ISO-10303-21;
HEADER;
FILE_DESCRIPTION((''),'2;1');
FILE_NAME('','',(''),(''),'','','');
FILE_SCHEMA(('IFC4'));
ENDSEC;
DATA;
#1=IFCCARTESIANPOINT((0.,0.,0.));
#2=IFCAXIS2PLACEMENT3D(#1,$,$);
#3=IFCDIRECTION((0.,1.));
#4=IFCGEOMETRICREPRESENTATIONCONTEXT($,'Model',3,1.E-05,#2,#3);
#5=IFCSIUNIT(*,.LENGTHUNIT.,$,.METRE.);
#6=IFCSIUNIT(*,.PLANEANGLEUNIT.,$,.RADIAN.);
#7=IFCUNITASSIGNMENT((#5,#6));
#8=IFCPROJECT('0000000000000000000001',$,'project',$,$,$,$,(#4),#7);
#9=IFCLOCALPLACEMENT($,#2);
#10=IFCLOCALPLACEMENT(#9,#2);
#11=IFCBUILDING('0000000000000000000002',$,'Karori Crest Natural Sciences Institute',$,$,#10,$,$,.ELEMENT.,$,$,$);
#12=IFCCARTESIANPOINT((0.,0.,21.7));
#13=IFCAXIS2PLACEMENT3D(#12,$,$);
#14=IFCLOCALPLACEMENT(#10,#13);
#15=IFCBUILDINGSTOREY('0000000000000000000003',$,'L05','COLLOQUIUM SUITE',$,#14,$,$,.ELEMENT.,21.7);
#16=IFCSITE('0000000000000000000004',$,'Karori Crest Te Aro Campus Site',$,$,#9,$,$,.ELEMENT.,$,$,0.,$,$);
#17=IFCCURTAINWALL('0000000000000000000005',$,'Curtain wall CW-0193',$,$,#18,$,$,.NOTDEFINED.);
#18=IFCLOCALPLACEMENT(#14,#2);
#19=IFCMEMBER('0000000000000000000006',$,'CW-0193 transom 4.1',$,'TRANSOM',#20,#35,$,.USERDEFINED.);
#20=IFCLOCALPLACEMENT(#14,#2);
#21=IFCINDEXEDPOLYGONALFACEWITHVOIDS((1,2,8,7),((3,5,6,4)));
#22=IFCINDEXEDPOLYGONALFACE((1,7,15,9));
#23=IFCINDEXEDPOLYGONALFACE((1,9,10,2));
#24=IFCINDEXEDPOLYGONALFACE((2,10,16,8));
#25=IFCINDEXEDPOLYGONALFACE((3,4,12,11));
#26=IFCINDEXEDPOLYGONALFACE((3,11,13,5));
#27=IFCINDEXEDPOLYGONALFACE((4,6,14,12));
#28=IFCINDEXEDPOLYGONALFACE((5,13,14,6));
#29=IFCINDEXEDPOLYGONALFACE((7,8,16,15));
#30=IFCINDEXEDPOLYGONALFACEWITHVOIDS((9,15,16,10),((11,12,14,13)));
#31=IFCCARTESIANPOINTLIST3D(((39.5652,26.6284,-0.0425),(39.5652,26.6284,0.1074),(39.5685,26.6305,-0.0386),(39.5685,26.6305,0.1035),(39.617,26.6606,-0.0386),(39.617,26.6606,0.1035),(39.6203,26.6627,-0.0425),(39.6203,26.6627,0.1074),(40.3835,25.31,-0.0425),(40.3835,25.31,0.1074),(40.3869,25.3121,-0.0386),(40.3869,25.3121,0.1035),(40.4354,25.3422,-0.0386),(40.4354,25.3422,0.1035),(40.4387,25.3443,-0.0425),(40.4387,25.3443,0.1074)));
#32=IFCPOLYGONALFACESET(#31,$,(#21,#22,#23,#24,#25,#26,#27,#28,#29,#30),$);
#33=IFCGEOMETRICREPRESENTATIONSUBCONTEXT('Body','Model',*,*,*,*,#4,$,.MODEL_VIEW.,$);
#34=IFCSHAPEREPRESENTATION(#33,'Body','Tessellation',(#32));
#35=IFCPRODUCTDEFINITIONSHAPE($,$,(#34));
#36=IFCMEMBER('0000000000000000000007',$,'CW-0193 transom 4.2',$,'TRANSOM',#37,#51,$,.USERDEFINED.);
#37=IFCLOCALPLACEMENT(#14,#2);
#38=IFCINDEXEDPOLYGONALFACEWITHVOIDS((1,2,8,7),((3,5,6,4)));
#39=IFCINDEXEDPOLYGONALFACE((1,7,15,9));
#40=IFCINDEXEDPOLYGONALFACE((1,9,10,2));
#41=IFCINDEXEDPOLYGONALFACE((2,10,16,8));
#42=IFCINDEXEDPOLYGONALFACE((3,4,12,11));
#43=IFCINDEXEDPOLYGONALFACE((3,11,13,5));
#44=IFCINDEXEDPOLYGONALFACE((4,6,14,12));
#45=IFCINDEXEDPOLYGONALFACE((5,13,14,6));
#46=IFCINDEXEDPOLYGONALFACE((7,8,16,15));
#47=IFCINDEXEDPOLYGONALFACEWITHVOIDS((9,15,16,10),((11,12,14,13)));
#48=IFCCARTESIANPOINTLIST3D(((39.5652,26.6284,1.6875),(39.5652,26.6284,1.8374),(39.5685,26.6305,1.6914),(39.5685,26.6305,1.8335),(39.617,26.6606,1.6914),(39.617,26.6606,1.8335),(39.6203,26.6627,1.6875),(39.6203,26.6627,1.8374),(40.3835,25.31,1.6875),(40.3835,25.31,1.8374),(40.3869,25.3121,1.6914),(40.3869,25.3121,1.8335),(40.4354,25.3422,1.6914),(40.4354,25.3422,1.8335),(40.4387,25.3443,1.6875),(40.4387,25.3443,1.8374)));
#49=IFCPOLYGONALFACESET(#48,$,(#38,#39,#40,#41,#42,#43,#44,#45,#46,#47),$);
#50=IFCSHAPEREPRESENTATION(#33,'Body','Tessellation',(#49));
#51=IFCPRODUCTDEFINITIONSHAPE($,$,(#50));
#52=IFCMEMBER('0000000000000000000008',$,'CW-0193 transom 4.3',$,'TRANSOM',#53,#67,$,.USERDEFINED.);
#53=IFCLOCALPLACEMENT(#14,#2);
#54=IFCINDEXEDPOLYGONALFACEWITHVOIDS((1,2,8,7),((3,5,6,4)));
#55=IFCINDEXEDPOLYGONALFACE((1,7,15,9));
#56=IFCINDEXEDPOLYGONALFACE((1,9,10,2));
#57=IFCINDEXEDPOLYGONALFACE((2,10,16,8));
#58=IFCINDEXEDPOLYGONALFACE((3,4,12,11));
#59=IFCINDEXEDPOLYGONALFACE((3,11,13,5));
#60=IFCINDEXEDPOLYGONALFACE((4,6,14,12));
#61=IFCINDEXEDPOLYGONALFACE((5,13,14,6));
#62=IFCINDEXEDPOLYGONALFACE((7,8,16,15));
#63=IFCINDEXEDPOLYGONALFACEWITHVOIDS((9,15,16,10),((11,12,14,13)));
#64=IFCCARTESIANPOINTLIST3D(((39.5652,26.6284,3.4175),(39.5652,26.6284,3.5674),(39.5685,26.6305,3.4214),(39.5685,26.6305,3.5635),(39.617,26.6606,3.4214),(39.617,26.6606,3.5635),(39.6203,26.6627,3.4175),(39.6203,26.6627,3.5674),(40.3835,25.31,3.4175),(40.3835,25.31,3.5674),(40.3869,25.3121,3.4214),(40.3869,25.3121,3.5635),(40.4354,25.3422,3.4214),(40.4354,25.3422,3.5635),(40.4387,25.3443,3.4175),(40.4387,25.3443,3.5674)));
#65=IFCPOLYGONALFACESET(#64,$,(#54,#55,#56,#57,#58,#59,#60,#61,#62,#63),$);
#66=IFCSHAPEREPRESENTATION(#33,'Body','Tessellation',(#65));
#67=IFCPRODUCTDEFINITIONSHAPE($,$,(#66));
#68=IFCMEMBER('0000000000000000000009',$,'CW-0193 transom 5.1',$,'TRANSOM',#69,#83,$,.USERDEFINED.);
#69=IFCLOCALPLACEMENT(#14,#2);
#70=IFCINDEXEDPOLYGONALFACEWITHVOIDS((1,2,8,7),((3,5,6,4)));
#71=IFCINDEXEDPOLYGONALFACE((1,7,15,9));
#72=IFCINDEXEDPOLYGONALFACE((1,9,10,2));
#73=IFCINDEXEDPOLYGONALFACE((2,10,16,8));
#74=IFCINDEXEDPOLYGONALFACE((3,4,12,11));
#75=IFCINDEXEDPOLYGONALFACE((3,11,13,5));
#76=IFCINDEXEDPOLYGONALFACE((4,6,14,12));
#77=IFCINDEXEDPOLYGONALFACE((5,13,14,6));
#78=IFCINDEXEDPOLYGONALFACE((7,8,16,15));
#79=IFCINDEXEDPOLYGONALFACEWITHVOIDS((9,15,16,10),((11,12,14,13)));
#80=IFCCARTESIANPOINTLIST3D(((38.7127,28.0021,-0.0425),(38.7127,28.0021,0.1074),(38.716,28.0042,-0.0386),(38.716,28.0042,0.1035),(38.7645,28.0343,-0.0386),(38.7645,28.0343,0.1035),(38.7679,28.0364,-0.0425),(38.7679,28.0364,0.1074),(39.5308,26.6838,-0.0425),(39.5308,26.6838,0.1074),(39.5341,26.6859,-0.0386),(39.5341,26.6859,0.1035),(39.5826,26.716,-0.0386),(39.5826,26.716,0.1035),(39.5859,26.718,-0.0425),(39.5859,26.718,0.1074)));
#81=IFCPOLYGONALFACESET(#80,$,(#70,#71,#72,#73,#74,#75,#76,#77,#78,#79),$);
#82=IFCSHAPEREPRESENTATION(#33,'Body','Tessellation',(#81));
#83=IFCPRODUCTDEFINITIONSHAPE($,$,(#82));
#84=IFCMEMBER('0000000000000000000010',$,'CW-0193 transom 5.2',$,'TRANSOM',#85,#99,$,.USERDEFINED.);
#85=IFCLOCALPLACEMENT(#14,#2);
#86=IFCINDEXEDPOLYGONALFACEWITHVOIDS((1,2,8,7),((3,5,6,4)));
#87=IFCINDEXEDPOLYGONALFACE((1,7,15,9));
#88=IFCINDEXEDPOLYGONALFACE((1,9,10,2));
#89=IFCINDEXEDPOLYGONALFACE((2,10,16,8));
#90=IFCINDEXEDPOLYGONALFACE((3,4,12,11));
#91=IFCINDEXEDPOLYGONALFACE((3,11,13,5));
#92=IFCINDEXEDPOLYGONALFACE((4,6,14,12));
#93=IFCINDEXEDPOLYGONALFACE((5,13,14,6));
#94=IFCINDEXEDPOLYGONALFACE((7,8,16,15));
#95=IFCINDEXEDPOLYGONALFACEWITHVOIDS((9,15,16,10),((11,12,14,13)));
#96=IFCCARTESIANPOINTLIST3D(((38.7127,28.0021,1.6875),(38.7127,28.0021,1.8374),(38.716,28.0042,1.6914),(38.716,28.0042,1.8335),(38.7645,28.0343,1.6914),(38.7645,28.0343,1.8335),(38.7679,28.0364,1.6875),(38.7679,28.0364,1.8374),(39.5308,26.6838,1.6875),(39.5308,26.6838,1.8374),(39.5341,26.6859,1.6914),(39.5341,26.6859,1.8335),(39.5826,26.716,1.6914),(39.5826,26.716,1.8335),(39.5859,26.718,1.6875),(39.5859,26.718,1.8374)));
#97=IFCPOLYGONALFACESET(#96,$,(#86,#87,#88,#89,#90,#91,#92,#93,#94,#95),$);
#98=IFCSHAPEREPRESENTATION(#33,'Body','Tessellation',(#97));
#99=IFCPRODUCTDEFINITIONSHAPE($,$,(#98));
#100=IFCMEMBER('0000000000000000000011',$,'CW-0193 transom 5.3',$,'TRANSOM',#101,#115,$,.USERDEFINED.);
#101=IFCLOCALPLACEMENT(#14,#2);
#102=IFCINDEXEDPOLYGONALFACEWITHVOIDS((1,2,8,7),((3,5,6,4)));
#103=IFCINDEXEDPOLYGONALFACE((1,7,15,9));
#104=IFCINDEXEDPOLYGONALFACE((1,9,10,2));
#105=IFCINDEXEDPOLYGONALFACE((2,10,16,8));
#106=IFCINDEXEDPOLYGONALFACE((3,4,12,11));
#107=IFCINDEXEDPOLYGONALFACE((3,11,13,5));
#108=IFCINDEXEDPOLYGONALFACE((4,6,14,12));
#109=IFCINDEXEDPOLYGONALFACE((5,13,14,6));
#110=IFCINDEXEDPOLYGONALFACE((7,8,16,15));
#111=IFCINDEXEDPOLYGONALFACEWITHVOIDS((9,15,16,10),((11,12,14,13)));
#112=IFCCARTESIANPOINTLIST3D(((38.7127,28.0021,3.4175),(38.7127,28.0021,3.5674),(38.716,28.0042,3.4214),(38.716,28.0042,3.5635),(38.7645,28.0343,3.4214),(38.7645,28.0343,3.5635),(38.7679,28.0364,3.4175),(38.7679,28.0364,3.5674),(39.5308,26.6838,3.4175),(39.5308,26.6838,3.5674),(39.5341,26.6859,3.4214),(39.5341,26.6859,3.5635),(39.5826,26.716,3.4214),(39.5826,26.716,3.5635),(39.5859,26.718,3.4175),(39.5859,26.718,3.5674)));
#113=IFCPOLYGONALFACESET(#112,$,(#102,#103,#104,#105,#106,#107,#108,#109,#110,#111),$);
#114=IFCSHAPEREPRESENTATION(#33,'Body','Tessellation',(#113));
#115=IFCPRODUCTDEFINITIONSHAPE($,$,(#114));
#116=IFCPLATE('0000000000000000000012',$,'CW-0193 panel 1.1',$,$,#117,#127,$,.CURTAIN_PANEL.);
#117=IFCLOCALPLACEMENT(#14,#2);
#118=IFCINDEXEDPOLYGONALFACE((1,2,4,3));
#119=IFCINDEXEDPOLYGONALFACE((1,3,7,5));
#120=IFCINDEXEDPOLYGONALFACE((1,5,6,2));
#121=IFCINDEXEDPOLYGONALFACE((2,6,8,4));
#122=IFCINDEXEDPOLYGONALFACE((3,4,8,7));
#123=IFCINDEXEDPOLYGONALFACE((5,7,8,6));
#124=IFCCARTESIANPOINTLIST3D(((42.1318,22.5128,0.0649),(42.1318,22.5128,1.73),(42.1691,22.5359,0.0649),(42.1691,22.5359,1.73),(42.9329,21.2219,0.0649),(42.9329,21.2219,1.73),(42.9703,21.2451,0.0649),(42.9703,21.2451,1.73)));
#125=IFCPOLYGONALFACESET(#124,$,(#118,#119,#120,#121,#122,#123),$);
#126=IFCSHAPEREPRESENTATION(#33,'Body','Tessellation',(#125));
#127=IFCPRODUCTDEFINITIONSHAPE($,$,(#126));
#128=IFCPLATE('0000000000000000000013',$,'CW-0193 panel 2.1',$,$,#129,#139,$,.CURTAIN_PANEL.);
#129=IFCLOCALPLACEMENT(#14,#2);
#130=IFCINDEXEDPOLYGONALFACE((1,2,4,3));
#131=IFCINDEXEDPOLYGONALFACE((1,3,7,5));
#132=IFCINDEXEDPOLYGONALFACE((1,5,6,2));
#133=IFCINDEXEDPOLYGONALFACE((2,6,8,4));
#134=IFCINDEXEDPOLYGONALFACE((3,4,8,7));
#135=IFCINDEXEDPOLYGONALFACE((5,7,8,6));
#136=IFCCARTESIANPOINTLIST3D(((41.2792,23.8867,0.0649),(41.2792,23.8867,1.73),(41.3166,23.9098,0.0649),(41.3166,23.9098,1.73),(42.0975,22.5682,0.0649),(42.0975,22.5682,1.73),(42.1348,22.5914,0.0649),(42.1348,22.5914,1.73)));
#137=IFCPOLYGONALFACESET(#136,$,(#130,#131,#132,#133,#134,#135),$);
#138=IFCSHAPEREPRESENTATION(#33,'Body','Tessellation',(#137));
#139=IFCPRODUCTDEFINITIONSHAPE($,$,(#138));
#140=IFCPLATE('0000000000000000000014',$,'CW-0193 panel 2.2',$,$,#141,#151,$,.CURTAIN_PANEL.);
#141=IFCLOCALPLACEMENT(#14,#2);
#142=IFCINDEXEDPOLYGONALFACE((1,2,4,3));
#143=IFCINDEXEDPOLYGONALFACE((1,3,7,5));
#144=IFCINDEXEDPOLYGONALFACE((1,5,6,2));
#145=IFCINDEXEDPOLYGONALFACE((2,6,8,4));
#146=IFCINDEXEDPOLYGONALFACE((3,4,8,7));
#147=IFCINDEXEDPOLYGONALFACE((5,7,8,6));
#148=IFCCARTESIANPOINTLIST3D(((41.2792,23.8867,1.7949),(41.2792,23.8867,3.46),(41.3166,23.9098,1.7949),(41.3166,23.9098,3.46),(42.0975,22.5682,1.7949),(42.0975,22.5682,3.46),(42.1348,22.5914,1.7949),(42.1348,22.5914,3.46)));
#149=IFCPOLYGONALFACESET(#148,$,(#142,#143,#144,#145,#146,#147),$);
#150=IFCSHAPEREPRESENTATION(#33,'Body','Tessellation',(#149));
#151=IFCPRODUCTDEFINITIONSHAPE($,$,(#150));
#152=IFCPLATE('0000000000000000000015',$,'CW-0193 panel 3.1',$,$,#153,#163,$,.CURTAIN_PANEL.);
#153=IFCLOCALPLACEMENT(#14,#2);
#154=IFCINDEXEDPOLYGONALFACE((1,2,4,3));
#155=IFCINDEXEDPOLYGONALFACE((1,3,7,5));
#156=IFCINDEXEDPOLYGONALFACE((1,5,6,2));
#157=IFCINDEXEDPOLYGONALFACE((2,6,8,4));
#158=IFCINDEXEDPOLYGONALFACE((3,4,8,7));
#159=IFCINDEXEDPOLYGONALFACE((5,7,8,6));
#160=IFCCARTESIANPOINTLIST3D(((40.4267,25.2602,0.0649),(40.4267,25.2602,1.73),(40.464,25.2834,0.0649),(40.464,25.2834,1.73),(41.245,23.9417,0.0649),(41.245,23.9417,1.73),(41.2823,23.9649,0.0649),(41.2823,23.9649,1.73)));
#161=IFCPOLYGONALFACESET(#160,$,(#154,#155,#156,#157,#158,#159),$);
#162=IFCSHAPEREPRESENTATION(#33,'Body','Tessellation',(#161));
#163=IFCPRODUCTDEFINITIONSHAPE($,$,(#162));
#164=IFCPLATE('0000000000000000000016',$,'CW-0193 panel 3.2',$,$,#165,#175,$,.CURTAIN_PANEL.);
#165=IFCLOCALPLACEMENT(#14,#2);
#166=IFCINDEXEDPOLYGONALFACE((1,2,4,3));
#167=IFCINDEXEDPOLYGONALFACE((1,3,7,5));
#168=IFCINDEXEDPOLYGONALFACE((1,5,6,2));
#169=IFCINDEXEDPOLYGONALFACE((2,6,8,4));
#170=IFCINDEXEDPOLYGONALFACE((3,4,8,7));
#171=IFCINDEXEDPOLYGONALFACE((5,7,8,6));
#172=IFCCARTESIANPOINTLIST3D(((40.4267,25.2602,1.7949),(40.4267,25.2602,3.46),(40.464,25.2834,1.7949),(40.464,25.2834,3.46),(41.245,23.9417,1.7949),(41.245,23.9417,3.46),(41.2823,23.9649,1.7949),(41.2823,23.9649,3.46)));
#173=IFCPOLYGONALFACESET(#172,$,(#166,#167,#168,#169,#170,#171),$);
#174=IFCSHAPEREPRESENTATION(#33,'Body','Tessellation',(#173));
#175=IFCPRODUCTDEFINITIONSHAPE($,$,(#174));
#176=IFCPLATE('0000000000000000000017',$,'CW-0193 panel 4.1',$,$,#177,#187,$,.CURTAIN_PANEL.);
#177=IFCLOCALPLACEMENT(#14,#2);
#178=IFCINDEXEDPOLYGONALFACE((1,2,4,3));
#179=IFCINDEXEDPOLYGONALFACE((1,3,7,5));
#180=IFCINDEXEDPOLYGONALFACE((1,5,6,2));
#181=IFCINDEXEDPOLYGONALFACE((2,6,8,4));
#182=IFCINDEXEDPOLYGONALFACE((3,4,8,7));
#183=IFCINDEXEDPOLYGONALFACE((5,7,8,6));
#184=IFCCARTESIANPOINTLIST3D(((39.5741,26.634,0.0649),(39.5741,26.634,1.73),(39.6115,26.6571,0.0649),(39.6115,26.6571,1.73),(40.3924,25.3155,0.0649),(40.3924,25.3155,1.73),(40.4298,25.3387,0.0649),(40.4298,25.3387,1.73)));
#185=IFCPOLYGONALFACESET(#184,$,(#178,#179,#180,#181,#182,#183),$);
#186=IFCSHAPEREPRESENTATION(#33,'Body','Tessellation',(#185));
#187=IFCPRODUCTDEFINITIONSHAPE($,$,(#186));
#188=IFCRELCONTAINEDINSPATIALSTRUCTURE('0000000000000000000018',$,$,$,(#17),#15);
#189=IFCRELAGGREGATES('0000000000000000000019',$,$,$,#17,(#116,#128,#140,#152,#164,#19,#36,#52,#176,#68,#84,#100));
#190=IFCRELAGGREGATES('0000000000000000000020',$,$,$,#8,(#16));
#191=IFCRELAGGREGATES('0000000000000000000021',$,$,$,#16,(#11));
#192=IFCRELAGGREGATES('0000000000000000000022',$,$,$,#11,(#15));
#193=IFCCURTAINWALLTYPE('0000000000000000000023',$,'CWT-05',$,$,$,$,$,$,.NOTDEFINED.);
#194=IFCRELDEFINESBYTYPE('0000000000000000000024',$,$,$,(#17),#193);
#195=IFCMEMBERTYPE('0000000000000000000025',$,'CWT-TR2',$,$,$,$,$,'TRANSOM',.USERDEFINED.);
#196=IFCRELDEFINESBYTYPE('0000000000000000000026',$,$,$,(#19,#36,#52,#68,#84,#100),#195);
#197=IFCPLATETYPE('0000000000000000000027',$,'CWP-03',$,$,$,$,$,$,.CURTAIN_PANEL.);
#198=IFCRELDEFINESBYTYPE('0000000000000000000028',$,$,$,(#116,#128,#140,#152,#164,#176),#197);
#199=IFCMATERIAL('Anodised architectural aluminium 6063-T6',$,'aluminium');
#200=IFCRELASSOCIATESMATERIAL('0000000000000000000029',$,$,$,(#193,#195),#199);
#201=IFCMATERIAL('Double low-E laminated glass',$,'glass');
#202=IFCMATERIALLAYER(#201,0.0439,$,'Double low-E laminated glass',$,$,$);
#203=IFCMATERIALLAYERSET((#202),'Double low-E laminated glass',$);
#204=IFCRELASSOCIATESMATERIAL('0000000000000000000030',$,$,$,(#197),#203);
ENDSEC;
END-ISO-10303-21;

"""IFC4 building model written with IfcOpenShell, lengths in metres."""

from ifc_helpers import new_model, si_unit, direction, frame, origin, origin_2d, place, context, subcontext, project, spatial, rectangle, hollow_rectangle, extrude, material, layer, layer_set, material_profile, profile_set, type_object, element, aggregate, save


model = new_model("IFC4")

# Units and contexts
model_context = context("Model", 3, precision=1e-05, world=origin(), true_north=direction((0.0, 1.0)))
body_context = subcontext(model_context, "Body", "Model", "MODEL_VIEW")
ifc_project = project(units=[si_unit("LENGTHUNIT", "METRE"), si_unit("PLANEANGLEUNIT", "RADIAN")], contexts=[model_context])

# Site, building, storey
site_placement = place(None, origin())
site = spatial("IfcSite", under=ifc_project, at=site_placement, Name="Karori Crest Te Aro Campus Site", CompositionType="ELEMENT", RefElevation=0.0)
building_placement = place(site_placement, origin())
building = spatial("IfcBuilding", under=site, at=building_placement, Name="Karori Crest Natural Sciences Institute", CompositionType="ELEMENT")
storey_placement = place(building_placement, frame((0.0, 0.0, 21.7)))
storey = spatial("IfcBuildingStorey", under=building, at=storey_placement, Name="L05", Description="COLLOQUIUM SUITE", CompositionType="ELEMENT", Elevation=21.7)

# Curtain wall, members, plates
ifc_material_1 = material(Name="Anodised architectural aluminium 6063-T6", Category="aluminium")
curtain_wall_type = type_object("IfcCurtainWallType", Name="CWT-05", PredefinedType="NOTDEFINED", material=ifc_material_1)
curtain_wall_placement = place(storey_placement, origin())
curtain_wall = element("IfcCurtainWall", 1, at=curtain_wall_placement, inside=storey, type_object=curtain_wall_type, Name="Curtain wall CW-0193", PredefinedType="NOTDEFINED")
ifc_material_profile_1 = material_profile(ifc_material_1, hollow_rectangle(XDim=0.0649, YDim=0.1499, WallThickness=0.0039, at=origin_2d()), Name="CWT150x65x4")
ifc_profile_set_1 = profile_set([ifc_material_profile_1], Name="Anodised architectural aluminium 6063-T6")
member_type_1 = type_object("IfcMemberType", Name="CWT-TR2", ElementType="TRANSOM", PredefinedType="USERDEFINED", material=ifc_profile_set_1)
member_1_placement = place(storey_placement, frame((40.4111, 25.3271, 0.0325), z_axis=(-0.527394, 0.849621, 0.0), x_axis=(-0.849621, -0.527394, 0.0)))
member_1 = element("IfcMember", 2, at=member_1_placement, type_object=member_type_1, Name="CW-0193 transom 4.1", ObjectType="TRANSOM", PredefinedType="USERDEFINED", context=body_context, shape_type="SweptSolid", body=[
    extrude(hollow_rectangle(XDim=0.0649, YDim=0.1499, WallThickness=0.0039, at=origin_2d()), origin(), (0.0, 0.0, 1.0), 1.5518),
])
member_2_placement = place(storey_placement, frame((40.4111, 25.3271, 1.7625), z_axis=(-0.527394, 0.849621, 0.0), x_axis=(-0.849621, -0.527394, 0.0)))
member_2 = element("IfcMember", 3, at=member_2_placement, type_object=member_type_1, Name="CW-0193 transom 4.2", ObjectType="TRANSOM", PredefinedType="USERDEFINED", context=body_context, shape_type="SweptSolid", body=[
    extrude(hollow_rectangle(XDim=0.0649, YDim=0.1499, WallThickness=0.0039, at=origin_2d()), origin(), (0.0, 0.0, 1.0), 1.5518),
])
member_3_placement = place(storey_placement, frame((40.4111, 25.3271, 3.4924), z_axis=(-0.527394, 0.849621, 0.0), x_axis=(-0.849621, -0.527394, 0.0)))
member_3 = element("IfcMember", 4, at=member_3_placement, type_object=member_type_1, Name="CW-0193 transom 4.3", ObjectType="TRANSOM", PredefinedType="USERDEFINED", context=body_context, shape_type="SweptSolid", body=[
    extrude(hollow_rectangle(XDim=0.0649, YDim=0.1499, WallThickness=0.0039, at=origin_2d()), origin(), (0.0, 0.0, 1.0), 1.5518),
])
member_4_placement = place(storey_placement, frame((39.5583, 26.7009, 0.0325), z_axis=(-0.527281, 0.849691, 0.0), x_axis=(-0.849691, -0.527281, 0.0)))
member_4 = element("IfcMember", 5, at=member_4_placement, type_object=member_type_1, Name="CW-0193 transom 5.1", ObjectType="TRANSOM", PredefinedType="USERDEFINED", context=body_context, shape_type="SweptSolid", body=[
    extrude(hollow_rectangle(XDim=0.0649, YDim=0.1499, WallThickness=0.0039, at=origin_2d()), origin(), (0.0, 0.0, 1.0), 1.5515),
])
member_5_placement = place(storey_placement, frame((39.5583, 26.7009, 1.7625), z_axis=(-0.527281, 0.849691, 0.0), x_axis=(-0.849691, -0.527281, 0.0)))
member_5 = element("IfcMember", 6, at=member_5_placement, type_object=member_type_1, Name="CW-0193 transom 5.2", ObjectType="TRANSOM", PredefinedType="USERDEFINED", context=body_context, shape_type="SweptSolid", body=[
    extrude(hollow_rectangle(XDim=0.0649, YDim=0.1499, WallThickness=0.0039, at=origin_2d()), origin(), (0.0, 0.0, 1.0), 1.5515),
])
member_6_placement = place(storey_placement, frame((39.5583, 26.7009, 3.4924), z_axis=(-0.527281, 0.849691, 0.0), x_axis=(-0.849691, -0.527281, 0.0)))
member_6 = element("IfcMember", 7, at=member_6_placement, type_object=member_type_1, Name="CW-0193 transom 5.3", ObjectType="TRANSOM", PredefinedType="USERDEFINED", context=body_context, shape_type="SweptSolid", body=[
    extrude(hollow_rectangle(XDim=0.0649, YDim=0.1499, WallThickness=0.0039, at=origin_2d()), origin(), (0.0, 0.0, 1.0), 1.5515),
])
ifc_material_2 = material(Name="Double low-E laminated glass", Category="glass")
ifc_layer_1 = layer(ifc_material_2, 0.0439, Name="Double low-E laminated glass")
ifc_layer_set_1 = layer_set([ifc_layer_1], Name="Double low-E laminated glass")
plate_type = type_object("IfcPlateType", Name="CWP-03", PredefinedType="CURTAIN_PANEL", material=ifc_layer_set_1)
plate_1_placement = place(storey_placement, frame((42.551, 21.8789, 0.0649), z_axis=(0.0, 0.0, 1.0), x_axis=(-0.527328, 0.849662, 0.0)))
plate_1 = element("IfcPlate", 8, at=plate_1_placement, type_object=plate_type, Name="CW-0193 panel 1.1", PredefinedType="CURTAIN_PANEL", context=body_context, shape_type="SweptSolid", body=[
    extrude(rectangle(XDim=1.5193, YDim=0.0439, at=origin_2d()), origin(), (0.0, 0.0, 1.0), 1.665),
])
plate_2_placement = place(storey_placement, frame((41.707, 23.239, 0.0649), z_axis=(0.0, 0.0, 1.0), x_axis=(-0.527328, 0.849662, 0.0)))
plate_2 = element("IfcPlate", 9, at=plate_2_placement, type_object=plate_type, Name="CW-0193 panel 2.1", PredefinedType="CURTAIN_PANEL", context=body_context, shape_type="SweptSolid", body=[
    extrude(rectangle(XDim=1.5518, YDim=0.0439, at=origin_2d()), origin(), (0.0, 0.0, 1.0), 1.665),
])
plate_3_placement = place(storey_placement, frame((41.707, 23.239, 1.7949), z_axis=(0.0, 0.0, 1.0), x_axis=(-0.527328, 0.849662, 0.0)))
plate_3 = element("IfcPlate", 10, at=plate_3_placement, type_object=plate_type, Name="CW-0193 panel 2.2", PredefinedType="CURTAIN_PANEL", context=body_context, shape_type="SweptSolid", body=[
    extrude(rectangle(XDim=1.5518, YDim=0.0439, at=origin_2d()), origin(), (0.0, 0.0, 1.0), 1.665),
])
plate_4_placement = place(storey_placement, frame((40.8545, 24.6125, 0.0649), z_axis=(0.0, 0.0, 1.0), x_axis=(-0.527328, 0.849662, 0.0)))
plate_4 = element("IfcPlate", 11, at=plate_4_placement, type_object=plate_type, Name="CW-0193 panel 3.1", PredefinedType="CURTAIN_PANEL", context=body_context, shape_type="SweptSolid", body=[
    extrude(rectangle(XDim=1.5518, YDim=0.0439, at=origin_2d()), origin(), (0.0, 0.0, 1.0), 1.665),
])
plate_5_placement = place(storey_placement, frame((40.8545, 24.6125, 1.7949), z_axis=(0.0, 0.0, 1.0), x_axis=(-0.527328, 0.849662, 0.0)))
plate_5 = element("IfcPlate", 12, at=plate_5_placement, type_object=plate_type, Name="CW-0193 panel 3.2", PredefinedType="CURTAIN_PANEL", context=body_context, shape_type="SweptSolid", body=[
    extrude(rectangle(XDim=1.5518, YDim=0.0439, at=origin_2d()), origin(), (0.0, 0.0, 1.0), 1.665),
])
plate_6_placement = place(storey_placement, frame((40.002, 25.9863, 0.0649), z_axis=(0.0, 0.0, 1.0), x_axis=(-0.527328, 0.849662, 0.0)))
plate_6 = element("IfcPlate", 13, at=plate_6_placement, type_object=plate_type, Name="CW-0193 panel 4.1", PredefinedType="CURTAIN_PANEL", context=body_context, shape_type="SweptSolid", body=[
    extrude(rectangle(XDim=1.5518, YDim=0.0439, at=origin_2d()), origin(), (0.0, 0.0, 1.0), 1.665),
])
aggregate(curtain_wall, [plate_1, plate_2, plate_3, plate_4, plate_5, member_1, member_2, member_3, plate_6, member_4, member_5, member_6])

save(model, "model.ifc")
